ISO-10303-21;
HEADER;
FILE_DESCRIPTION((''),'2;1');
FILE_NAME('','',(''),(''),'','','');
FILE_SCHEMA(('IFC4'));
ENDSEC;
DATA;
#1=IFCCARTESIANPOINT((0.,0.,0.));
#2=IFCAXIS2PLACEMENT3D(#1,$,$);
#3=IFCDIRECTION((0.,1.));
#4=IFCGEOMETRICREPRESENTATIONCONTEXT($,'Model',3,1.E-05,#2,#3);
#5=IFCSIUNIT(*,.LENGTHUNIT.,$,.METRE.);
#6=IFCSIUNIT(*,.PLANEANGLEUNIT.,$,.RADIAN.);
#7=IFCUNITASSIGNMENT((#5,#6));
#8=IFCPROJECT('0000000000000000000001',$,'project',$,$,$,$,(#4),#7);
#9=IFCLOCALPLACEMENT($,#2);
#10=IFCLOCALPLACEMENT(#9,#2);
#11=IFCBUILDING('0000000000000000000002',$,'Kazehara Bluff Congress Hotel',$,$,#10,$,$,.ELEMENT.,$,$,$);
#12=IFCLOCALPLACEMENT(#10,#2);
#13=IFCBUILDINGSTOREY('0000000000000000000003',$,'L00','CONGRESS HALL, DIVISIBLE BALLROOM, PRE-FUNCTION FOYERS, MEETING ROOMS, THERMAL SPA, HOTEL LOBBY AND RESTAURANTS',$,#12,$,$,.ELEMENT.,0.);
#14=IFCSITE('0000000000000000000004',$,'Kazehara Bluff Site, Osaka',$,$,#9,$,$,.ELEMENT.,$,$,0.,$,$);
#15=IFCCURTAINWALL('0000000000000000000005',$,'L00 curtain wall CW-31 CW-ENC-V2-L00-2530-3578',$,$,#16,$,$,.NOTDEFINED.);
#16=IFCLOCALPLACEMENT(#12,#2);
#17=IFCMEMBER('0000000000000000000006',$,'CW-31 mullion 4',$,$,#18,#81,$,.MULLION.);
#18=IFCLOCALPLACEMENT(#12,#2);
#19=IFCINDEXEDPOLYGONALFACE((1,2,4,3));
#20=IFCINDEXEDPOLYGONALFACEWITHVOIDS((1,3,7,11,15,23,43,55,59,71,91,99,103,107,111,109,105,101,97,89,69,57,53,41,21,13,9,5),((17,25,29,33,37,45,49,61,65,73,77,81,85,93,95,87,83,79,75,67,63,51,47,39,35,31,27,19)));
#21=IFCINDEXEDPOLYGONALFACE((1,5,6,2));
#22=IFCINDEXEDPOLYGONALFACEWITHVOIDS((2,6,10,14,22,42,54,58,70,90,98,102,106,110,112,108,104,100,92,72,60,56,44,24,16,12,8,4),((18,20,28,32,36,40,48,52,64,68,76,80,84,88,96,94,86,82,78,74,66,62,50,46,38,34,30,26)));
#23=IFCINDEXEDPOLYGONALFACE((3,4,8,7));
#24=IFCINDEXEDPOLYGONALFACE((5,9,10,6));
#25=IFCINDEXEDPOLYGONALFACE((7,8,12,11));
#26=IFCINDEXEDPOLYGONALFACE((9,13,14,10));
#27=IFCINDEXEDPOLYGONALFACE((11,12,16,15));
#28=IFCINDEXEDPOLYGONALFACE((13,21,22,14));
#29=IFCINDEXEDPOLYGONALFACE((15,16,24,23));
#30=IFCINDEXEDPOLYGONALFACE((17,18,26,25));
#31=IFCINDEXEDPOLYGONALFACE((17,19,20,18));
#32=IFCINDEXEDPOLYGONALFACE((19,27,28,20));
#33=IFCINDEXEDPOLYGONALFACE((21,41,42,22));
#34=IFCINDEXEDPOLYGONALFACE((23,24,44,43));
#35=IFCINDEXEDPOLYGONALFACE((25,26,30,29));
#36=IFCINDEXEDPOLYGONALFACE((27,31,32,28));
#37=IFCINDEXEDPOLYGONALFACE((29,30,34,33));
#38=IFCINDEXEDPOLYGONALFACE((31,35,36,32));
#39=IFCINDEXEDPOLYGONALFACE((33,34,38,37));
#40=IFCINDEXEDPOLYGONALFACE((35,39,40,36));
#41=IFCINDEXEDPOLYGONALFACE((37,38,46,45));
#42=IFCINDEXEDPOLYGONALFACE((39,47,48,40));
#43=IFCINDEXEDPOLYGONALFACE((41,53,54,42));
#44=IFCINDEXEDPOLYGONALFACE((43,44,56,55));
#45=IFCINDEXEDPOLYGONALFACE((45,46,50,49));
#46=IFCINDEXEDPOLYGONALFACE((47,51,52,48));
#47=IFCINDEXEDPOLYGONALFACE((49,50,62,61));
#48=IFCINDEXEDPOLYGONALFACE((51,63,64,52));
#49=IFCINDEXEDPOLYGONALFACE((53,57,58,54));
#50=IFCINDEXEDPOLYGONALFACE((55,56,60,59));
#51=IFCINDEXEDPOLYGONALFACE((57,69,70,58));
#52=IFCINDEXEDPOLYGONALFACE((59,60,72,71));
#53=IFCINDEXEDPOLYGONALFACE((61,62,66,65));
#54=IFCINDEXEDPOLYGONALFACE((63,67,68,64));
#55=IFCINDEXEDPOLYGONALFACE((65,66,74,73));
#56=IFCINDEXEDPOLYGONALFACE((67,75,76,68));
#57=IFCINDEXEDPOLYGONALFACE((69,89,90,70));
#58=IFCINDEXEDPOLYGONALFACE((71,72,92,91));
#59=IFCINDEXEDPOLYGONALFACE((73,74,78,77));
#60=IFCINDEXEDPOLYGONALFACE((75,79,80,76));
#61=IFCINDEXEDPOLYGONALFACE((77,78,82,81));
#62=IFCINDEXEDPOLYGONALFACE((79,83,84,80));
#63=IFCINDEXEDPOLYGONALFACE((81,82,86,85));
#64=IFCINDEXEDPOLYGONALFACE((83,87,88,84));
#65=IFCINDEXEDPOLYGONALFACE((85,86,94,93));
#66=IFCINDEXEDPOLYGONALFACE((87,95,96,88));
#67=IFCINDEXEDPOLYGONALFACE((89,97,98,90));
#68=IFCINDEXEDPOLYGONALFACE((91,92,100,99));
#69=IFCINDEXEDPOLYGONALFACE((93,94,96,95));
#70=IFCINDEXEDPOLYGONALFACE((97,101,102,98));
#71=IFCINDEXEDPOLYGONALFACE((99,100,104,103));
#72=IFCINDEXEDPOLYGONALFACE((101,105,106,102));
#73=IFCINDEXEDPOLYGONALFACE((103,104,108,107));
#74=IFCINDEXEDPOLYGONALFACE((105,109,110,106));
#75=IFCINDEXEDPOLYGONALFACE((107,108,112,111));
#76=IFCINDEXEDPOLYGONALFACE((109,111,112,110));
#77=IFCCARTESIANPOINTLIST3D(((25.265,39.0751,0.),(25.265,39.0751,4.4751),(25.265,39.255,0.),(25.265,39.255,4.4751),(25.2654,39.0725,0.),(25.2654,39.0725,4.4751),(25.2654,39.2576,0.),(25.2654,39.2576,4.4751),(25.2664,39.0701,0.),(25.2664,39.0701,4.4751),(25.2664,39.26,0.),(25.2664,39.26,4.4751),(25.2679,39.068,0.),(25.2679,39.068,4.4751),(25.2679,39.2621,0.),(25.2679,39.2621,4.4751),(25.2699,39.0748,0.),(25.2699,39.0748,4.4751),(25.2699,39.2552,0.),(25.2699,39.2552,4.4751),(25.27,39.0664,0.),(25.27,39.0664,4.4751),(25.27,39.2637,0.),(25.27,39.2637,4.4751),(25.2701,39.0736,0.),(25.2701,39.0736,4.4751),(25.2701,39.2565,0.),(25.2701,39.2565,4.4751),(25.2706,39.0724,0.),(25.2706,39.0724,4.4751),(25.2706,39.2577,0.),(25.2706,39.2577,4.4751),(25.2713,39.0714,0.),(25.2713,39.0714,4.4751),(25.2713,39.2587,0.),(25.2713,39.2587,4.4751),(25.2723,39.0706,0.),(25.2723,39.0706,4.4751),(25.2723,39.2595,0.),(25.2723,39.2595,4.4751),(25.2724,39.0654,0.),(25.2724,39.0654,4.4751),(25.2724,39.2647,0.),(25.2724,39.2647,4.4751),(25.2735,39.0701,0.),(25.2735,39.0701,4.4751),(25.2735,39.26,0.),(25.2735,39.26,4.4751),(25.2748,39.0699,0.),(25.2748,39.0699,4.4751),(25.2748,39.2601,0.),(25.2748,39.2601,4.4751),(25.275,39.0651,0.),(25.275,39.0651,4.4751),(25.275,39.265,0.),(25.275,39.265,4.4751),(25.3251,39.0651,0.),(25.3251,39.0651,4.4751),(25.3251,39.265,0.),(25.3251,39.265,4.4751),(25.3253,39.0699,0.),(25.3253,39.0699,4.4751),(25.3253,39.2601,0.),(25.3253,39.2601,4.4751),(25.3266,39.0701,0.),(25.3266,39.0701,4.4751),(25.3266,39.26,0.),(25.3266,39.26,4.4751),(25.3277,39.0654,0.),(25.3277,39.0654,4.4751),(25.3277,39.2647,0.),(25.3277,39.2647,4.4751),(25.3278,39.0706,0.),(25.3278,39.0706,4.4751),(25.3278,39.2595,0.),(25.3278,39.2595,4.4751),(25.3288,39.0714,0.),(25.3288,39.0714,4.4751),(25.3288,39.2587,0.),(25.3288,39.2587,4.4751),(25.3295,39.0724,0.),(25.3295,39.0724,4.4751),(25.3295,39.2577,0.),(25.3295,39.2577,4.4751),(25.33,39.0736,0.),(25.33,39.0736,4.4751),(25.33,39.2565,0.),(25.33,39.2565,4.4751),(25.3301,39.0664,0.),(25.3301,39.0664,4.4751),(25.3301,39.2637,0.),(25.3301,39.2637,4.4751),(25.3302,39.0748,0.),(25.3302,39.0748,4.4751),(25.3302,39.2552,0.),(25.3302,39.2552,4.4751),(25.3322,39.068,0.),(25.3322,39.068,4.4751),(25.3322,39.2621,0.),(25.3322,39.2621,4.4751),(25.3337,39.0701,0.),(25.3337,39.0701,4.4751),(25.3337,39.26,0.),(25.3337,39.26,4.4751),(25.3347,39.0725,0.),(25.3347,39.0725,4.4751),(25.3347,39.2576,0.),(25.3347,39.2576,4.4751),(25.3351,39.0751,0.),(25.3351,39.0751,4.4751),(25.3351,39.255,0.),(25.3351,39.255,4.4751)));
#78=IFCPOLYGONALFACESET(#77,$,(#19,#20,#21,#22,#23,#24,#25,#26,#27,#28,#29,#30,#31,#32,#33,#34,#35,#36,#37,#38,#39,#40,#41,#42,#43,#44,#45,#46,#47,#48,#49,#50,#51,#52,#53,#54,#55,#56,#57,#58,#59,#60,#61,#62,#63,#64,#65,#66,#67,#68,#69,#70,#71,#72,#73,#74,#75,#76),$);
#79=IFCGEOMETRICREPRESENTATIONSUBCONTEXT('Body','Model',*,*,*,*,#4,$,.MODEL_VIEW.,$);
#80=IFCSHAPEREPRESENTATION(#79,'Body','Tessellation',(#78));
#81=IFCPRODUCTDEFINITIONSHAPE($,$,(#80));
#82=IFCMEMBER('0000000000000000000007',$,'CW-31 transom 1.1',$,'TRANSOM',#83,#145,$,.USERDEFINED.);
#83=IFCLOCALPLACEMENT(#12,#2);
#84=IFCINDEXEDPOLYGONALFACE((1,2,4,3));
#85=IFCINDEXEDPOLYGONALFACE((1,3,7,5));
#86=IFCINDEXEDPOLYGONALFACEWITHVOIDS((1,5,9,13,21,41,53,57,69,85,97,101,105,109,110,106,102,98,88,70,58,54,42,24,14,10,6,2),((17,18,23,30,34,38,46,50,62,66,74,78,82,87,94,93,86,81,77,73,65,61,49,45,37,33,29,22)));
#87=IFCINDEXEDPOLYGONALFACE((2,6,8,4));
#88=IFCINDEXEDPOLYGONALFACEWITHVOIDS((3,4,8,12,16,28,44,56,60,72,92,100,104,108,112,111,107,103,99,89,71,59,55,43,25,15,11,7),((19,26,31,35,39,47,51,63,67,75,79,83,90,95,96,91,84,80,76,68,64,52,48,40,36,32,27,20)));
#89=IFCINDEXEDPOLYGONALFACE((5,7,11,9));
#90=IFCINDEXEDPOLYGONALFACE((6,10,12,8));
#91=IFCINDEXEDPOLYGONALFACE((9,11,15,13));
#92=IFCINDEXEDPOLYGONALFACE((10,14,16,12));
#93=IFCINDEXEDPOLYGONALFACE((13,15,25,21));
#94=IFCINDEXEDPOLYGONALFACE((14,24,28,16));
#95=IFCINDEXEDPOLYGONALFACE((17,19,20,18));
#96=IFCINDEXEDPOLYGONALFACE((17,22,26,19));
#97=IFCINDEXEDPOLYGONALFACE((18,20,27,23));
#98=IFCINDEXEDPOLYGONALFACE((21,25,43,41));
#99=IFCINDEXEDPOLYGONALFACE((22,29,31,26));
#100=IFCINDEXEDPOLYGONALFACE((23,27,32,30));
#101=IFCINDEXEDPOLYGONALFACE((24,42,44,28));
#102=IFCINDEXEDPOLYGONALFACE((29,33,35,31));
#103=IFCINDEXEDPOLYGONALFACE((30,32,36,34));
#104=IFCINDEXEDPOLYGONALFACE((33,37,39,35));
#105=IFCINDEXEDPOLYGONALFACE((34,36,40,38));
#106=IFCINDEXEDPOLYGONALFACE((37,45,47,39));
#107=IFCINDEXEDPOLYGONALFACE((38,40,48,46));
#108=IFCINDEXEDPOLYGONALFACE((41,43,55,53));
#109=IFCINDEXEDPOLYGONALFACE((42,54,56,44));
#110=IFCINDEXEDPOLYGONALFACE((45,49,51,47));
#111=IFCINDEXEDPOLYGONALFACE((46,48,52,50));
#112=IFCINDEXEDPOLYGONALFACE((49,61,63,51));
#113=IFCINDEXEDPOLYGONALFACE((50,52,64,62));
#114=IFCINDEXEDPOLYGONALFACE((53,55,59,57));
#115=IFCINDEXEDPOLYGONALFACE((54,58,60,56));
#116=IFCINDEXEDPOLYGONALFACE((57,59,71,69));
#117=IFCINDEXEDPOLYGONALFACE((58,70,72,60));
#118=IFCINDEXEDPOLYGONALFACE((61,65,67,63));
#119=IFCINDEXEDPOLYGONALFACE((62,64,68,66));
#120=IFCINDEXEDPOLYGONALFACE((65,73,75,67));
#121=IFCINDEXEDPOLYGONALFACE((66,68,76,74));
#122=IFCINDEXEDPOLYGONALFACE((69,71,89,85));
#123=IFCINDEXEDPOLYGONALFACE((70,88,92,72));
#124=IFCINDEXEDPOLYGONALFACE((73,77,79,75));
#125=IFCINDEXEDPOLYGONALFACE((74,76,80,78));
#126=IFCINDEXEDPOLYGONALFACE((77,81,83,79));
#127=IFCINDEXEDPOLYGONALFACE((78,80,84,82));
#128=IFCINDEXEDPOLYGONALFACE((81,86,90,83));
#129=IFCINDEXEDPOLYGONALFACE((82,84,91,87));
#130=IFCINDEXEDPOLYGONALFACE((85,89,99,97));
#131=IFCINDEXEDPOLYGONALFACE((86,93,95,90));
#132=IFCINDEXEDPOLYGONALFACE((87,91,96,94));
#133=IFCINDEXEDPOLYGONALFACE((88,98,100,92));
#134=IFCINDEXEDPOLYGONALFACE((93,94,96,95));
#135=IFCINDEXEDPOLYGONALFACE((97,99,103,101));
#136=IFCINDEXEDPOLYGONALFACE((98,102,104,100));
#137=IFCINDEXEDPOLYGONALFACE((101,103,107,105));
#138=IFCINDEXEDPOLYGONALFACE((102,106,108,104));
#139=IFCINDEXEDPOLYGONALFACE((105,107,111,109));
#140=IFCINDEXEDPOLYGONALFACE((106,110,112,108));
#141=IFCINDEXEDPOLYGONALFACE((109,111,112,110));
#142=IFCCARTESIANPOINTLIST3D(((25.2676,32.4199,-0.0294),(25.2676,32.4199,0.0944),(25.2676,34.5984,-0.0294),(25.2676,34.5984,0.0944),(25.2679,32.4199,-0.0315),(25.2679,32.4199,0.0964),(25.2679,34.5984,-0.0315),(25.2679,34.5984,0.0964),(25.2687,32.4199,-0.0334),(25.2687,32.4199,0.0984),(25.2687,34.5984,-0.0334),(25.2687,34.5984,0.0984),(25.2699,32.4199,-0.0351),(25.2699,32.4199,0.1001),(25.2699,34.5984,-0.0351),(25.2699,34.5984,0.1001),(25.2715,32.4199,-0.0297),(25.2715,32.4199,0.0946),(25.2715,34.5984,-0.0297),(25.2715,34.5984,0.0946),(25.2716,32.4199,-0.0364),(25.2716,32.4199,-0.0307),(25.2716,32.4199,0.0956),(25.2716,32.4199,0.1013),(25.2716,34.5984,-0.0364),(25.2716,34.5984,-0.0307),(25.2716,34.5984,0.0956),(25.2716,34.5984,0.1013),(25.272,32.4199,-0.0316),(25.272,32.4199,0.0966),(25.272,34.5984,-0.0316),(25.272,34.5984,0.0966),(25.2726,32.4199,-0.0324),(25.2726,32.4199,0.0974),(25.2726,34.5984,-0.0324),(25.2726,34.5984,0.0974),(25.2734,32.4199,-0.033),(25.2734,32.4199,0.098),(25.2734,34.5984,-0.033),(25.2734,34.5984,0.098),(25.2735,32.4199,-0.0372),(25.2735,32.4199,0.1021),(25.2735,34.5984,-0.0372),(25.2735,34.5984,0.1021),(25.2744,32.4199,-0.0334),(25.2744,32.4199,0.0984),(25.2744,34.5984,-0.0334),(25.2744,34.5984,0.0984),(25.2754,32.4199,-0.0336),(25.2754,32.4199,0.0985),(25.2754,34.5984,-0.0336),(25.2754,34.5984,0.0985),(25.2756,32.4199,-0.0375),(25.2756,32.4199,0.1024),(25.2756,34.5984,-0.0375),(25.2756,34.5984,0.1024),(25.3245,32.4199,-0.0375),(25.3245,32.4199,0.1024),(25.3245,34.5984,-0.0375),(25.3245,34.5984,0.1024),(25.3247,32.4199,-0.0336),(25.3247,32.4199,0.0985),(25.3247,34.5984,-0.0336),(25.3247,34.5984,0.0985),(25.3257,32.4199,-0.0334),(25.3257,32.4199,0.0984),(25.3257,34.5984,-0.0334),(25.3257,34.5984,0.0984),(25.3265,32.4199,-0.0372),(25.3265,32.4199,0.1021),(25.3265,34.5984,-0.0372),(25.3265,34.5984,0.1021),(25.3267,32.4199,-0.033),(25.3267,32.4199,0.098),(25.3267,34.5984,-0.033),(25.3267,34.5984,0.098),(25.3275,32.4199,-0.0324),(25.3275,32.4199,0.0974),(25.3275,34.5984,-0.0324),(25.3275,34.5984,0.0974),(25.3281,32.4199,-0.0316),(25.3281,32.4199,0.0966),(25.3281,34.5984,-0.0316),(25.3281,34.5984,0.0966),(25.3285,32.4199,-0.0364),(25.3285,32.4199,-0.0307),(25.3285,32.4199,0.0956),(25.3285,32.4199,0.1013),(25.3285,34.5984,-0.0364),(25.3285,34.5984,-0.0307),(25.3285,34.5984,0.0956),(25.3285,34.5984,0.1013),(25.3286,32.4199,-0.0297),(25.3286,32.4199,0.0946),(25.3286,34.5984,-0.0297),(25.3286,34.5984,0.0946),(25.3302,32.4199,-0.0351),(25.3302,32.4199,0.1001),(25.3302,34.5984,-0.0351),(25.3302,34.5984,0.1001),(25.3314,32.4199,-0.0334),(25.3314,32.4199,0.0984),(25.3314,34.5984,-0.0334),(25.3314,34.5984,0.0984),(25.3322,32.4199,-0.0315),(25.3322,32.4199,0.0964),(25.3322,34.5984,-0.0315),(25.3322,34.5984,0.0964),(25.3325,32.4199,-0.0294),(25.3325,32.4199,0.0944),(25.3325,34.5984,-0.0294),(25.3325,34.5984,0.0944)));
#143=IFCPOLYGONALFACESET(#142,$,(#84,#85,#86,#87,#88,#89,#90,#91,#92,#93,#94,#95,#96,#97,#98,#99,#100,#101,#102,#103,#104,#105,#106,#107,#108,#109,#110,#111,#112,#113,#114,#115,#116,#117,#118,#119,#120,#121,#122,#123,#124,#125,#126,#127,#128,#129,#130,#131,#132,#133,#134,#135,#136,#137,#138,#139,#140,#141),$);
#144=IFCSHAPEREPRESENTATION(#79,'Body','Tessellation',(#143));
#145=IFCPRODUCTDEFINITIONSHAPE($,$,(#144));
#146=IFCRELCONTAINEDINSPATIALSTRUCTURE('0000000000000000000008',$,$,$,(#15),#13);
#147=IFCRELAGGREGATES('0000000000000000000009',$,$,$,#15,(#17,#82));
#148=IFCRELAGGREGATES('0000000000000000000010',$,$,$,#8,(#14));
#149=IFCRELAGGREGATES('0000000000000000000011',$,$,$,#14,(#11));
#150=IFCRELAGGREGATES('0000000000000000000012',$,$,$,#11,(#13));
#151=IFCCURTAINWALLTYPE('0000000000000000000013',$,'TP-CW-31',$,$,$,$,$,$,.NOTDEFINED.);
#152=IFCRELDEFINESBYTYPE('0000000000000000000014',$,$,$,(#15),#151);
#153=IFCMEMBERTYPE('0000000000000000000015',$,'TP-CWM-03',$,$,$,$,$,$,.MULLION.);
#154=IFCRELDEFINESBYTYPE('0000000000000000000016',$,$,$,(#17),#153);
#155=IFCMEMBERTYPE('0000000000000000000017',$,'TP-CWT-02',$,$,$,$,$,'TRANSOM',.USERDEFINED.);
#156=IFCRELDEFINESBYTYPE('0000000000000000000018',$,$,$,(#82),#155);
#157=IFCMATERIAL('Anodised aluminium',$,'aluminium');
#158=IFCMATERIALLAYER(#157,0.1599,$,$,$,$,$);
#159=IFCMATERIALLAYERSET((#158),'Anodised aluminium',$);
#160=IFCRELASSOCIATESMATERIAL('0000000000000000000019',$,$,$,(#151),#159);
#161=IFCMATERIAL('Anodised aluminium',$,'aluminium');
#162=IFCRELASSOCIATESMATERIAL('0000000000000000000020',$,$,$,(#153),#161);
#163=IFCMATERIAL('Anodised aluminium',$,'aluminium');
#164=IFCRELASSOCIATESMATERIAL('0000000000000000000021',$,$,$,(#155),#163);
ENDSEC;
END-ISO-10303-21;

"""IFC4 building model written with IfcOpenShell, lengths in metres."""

from ifc_helpers import new_model, si_unit, direction, frame, origin, origin_2d, place, context, subcontext, project, spatial, hollow_rectangle, extrude, material, layer, layer_set, material_profile, profile_set, type_object, element, aggregate, save


model = new_model("IFC4")

# Units and contexts
model_context = context("Model", 3, precision=1e-05, world=origin(), true_north=direction((0.0, 1.0)))
body_context = subcontext(model_context, "Body", "Model", "MODEL_VIEW")
ifc_project = project(units=[si_unit("LENGTHUNIT", "METRE"), si_unit("PLANEANGLEUNIT", "RADIAN")], contexts=[model_context])

# Site, building, storey
site_placement = place(None, origin())
site = spatial("IfcSite", under=ifc_project, at=site_placement, Name="Kazehara Bluff Site, Osaka", CompositionType="ELEMENT", RefElevation=0.0)
building_placement = place(site_placement, origin())
building = spatial("IfcBuilding", under=site, at=building_placement, Name="Kazehara Bluff Congress Hotel", CompositionType="ELEMENT")
storey_placement = place(building_placement, origin())
storey = spatial("IfcBuildingStorey", under=building, at=storey_placement, Name="L00", Description="CONGRESS HALL, DIVISIBLE BALLROOM, PRE-FUNCTION FOYERS, MEETING ROOMS, THERMAL SPA, HOTEL LOBBY AND RESTAURANTS", CompositionType="ELEMENT", Elevation=0.0)

# Curtain wall, members
ifc_material_1 = material(Name="Anodised aluminium", Category="aluminium")
ifc_layer_1 = layer(ifc_material_1, 0.1599)
ifc_layer_set_1 = layer_set([ifc_layer_1], Name="Anodised aluminium")
curtain_wall_type = type_object("IfcCurtainWallType", Name="TP-CW-31", PredefinedType="NOTDEFINED", material=ifc_layer_set_1)
curtain_wall_placement = place(storey_placement, origin())
curtain_wall = element("IfcCurtainWall", 1, at=curtain_wall_placement, inside=storey, type_object=curtain_wall_type, Name="L00 curtain wall CW-31 CW-ENC-V2-L00-2530-3578", PredefinedType="NOTDEFINED")
ifc_material_2 = material(Name="Anodised aluminium", Category="aluminium")
ifc_material_profile_1 = material_profile(ifc_material_2, hollow_rectangle(XDim=0.0701, YDim=0.2, WallThickness=0.0049, InnerFilletRadius=0.0049, OuterFilletRadius=0.01, at=origin_2d()))
ifc_profile_set_1 = profile_set([ifc_material_profile_1], Name="Anodised aluminium")
member_type_1 = type_object("IfcMemberType", Name="TP-CWM-03", PredefinedType="MULLION", material=ifc_profile_set_1)
member_1_placement = place(storey_placement, frame((25.3, 39.165, 0.0), z_axis=(0.0, 0.0, 1.0), x_axis=(-1.0, 0.0, 0.0)))
member_1 = element("IfcMember", 2, at=member_1_placement, type_object=member_type_1, Name="CW-31 mullion 4", PredefinedType="MULLION", context=body_context, shape_type="SweptSolid", body=[
    extrude(hollow_rectangle(XDim=0.0701, YDim=0.2, WallThickness=0.0049, InnerFilletRadius=0.0049, OuterFilletRadius=0.01, at=origin_2d()), origin(), (0.0, 0.0, 1.0), 4.4751),
])
ifc_material_3 = material(Name="Anodised aluminium", Category="aluminium")
ifc_material_profile_2 = material_profile(ifc_material_3, hollow_rectangle(XDim=0.0649, YDim=0.1399, WallThickness=0.0039, InnerFilletRadius=0.0039, OuterFilletRadius=0.0081, at=origin_2d()))
ifc_profile_set_2 = profile_set([ifc_material_profile_2], Name="Anodised aluminium")
member_type_2 = type_object("IfcMemberType", Name="TP-CWT-02", ElementType="TRANSOM", PredefinedType="USERDEFINED", material=ifc_profile_set_2)
member_2_placement = place(storey_placement, frame((25.3, 32.4199, 0.0325), z_axis=(0.0, 1.0, 0.0), x_axis=(-1.0, 0.0, 0.0)))
member_2 = element("IfcMember", 3, at=member_2_placement, type_object=member_type_2, Name="CW-31 transom 1.1", ObjectType="TRANSOM", PredefinedType="USERDEFINED", context=body_context, shape_type="SweptSolid", body=[
    extrude(hollow_rectangle(XDim=0.0649, YDim=0.1399, WallThickness=0.0039, InnerFilletRadius=0.0039, OuterFilletRadius=0.0081, at=origin_2d()), origin(), (0.0, 0.0, 1.0), 2.1785),
])

aggregate(curtain_wall, [member_1, member_2])

save(model, "model.ifc")
